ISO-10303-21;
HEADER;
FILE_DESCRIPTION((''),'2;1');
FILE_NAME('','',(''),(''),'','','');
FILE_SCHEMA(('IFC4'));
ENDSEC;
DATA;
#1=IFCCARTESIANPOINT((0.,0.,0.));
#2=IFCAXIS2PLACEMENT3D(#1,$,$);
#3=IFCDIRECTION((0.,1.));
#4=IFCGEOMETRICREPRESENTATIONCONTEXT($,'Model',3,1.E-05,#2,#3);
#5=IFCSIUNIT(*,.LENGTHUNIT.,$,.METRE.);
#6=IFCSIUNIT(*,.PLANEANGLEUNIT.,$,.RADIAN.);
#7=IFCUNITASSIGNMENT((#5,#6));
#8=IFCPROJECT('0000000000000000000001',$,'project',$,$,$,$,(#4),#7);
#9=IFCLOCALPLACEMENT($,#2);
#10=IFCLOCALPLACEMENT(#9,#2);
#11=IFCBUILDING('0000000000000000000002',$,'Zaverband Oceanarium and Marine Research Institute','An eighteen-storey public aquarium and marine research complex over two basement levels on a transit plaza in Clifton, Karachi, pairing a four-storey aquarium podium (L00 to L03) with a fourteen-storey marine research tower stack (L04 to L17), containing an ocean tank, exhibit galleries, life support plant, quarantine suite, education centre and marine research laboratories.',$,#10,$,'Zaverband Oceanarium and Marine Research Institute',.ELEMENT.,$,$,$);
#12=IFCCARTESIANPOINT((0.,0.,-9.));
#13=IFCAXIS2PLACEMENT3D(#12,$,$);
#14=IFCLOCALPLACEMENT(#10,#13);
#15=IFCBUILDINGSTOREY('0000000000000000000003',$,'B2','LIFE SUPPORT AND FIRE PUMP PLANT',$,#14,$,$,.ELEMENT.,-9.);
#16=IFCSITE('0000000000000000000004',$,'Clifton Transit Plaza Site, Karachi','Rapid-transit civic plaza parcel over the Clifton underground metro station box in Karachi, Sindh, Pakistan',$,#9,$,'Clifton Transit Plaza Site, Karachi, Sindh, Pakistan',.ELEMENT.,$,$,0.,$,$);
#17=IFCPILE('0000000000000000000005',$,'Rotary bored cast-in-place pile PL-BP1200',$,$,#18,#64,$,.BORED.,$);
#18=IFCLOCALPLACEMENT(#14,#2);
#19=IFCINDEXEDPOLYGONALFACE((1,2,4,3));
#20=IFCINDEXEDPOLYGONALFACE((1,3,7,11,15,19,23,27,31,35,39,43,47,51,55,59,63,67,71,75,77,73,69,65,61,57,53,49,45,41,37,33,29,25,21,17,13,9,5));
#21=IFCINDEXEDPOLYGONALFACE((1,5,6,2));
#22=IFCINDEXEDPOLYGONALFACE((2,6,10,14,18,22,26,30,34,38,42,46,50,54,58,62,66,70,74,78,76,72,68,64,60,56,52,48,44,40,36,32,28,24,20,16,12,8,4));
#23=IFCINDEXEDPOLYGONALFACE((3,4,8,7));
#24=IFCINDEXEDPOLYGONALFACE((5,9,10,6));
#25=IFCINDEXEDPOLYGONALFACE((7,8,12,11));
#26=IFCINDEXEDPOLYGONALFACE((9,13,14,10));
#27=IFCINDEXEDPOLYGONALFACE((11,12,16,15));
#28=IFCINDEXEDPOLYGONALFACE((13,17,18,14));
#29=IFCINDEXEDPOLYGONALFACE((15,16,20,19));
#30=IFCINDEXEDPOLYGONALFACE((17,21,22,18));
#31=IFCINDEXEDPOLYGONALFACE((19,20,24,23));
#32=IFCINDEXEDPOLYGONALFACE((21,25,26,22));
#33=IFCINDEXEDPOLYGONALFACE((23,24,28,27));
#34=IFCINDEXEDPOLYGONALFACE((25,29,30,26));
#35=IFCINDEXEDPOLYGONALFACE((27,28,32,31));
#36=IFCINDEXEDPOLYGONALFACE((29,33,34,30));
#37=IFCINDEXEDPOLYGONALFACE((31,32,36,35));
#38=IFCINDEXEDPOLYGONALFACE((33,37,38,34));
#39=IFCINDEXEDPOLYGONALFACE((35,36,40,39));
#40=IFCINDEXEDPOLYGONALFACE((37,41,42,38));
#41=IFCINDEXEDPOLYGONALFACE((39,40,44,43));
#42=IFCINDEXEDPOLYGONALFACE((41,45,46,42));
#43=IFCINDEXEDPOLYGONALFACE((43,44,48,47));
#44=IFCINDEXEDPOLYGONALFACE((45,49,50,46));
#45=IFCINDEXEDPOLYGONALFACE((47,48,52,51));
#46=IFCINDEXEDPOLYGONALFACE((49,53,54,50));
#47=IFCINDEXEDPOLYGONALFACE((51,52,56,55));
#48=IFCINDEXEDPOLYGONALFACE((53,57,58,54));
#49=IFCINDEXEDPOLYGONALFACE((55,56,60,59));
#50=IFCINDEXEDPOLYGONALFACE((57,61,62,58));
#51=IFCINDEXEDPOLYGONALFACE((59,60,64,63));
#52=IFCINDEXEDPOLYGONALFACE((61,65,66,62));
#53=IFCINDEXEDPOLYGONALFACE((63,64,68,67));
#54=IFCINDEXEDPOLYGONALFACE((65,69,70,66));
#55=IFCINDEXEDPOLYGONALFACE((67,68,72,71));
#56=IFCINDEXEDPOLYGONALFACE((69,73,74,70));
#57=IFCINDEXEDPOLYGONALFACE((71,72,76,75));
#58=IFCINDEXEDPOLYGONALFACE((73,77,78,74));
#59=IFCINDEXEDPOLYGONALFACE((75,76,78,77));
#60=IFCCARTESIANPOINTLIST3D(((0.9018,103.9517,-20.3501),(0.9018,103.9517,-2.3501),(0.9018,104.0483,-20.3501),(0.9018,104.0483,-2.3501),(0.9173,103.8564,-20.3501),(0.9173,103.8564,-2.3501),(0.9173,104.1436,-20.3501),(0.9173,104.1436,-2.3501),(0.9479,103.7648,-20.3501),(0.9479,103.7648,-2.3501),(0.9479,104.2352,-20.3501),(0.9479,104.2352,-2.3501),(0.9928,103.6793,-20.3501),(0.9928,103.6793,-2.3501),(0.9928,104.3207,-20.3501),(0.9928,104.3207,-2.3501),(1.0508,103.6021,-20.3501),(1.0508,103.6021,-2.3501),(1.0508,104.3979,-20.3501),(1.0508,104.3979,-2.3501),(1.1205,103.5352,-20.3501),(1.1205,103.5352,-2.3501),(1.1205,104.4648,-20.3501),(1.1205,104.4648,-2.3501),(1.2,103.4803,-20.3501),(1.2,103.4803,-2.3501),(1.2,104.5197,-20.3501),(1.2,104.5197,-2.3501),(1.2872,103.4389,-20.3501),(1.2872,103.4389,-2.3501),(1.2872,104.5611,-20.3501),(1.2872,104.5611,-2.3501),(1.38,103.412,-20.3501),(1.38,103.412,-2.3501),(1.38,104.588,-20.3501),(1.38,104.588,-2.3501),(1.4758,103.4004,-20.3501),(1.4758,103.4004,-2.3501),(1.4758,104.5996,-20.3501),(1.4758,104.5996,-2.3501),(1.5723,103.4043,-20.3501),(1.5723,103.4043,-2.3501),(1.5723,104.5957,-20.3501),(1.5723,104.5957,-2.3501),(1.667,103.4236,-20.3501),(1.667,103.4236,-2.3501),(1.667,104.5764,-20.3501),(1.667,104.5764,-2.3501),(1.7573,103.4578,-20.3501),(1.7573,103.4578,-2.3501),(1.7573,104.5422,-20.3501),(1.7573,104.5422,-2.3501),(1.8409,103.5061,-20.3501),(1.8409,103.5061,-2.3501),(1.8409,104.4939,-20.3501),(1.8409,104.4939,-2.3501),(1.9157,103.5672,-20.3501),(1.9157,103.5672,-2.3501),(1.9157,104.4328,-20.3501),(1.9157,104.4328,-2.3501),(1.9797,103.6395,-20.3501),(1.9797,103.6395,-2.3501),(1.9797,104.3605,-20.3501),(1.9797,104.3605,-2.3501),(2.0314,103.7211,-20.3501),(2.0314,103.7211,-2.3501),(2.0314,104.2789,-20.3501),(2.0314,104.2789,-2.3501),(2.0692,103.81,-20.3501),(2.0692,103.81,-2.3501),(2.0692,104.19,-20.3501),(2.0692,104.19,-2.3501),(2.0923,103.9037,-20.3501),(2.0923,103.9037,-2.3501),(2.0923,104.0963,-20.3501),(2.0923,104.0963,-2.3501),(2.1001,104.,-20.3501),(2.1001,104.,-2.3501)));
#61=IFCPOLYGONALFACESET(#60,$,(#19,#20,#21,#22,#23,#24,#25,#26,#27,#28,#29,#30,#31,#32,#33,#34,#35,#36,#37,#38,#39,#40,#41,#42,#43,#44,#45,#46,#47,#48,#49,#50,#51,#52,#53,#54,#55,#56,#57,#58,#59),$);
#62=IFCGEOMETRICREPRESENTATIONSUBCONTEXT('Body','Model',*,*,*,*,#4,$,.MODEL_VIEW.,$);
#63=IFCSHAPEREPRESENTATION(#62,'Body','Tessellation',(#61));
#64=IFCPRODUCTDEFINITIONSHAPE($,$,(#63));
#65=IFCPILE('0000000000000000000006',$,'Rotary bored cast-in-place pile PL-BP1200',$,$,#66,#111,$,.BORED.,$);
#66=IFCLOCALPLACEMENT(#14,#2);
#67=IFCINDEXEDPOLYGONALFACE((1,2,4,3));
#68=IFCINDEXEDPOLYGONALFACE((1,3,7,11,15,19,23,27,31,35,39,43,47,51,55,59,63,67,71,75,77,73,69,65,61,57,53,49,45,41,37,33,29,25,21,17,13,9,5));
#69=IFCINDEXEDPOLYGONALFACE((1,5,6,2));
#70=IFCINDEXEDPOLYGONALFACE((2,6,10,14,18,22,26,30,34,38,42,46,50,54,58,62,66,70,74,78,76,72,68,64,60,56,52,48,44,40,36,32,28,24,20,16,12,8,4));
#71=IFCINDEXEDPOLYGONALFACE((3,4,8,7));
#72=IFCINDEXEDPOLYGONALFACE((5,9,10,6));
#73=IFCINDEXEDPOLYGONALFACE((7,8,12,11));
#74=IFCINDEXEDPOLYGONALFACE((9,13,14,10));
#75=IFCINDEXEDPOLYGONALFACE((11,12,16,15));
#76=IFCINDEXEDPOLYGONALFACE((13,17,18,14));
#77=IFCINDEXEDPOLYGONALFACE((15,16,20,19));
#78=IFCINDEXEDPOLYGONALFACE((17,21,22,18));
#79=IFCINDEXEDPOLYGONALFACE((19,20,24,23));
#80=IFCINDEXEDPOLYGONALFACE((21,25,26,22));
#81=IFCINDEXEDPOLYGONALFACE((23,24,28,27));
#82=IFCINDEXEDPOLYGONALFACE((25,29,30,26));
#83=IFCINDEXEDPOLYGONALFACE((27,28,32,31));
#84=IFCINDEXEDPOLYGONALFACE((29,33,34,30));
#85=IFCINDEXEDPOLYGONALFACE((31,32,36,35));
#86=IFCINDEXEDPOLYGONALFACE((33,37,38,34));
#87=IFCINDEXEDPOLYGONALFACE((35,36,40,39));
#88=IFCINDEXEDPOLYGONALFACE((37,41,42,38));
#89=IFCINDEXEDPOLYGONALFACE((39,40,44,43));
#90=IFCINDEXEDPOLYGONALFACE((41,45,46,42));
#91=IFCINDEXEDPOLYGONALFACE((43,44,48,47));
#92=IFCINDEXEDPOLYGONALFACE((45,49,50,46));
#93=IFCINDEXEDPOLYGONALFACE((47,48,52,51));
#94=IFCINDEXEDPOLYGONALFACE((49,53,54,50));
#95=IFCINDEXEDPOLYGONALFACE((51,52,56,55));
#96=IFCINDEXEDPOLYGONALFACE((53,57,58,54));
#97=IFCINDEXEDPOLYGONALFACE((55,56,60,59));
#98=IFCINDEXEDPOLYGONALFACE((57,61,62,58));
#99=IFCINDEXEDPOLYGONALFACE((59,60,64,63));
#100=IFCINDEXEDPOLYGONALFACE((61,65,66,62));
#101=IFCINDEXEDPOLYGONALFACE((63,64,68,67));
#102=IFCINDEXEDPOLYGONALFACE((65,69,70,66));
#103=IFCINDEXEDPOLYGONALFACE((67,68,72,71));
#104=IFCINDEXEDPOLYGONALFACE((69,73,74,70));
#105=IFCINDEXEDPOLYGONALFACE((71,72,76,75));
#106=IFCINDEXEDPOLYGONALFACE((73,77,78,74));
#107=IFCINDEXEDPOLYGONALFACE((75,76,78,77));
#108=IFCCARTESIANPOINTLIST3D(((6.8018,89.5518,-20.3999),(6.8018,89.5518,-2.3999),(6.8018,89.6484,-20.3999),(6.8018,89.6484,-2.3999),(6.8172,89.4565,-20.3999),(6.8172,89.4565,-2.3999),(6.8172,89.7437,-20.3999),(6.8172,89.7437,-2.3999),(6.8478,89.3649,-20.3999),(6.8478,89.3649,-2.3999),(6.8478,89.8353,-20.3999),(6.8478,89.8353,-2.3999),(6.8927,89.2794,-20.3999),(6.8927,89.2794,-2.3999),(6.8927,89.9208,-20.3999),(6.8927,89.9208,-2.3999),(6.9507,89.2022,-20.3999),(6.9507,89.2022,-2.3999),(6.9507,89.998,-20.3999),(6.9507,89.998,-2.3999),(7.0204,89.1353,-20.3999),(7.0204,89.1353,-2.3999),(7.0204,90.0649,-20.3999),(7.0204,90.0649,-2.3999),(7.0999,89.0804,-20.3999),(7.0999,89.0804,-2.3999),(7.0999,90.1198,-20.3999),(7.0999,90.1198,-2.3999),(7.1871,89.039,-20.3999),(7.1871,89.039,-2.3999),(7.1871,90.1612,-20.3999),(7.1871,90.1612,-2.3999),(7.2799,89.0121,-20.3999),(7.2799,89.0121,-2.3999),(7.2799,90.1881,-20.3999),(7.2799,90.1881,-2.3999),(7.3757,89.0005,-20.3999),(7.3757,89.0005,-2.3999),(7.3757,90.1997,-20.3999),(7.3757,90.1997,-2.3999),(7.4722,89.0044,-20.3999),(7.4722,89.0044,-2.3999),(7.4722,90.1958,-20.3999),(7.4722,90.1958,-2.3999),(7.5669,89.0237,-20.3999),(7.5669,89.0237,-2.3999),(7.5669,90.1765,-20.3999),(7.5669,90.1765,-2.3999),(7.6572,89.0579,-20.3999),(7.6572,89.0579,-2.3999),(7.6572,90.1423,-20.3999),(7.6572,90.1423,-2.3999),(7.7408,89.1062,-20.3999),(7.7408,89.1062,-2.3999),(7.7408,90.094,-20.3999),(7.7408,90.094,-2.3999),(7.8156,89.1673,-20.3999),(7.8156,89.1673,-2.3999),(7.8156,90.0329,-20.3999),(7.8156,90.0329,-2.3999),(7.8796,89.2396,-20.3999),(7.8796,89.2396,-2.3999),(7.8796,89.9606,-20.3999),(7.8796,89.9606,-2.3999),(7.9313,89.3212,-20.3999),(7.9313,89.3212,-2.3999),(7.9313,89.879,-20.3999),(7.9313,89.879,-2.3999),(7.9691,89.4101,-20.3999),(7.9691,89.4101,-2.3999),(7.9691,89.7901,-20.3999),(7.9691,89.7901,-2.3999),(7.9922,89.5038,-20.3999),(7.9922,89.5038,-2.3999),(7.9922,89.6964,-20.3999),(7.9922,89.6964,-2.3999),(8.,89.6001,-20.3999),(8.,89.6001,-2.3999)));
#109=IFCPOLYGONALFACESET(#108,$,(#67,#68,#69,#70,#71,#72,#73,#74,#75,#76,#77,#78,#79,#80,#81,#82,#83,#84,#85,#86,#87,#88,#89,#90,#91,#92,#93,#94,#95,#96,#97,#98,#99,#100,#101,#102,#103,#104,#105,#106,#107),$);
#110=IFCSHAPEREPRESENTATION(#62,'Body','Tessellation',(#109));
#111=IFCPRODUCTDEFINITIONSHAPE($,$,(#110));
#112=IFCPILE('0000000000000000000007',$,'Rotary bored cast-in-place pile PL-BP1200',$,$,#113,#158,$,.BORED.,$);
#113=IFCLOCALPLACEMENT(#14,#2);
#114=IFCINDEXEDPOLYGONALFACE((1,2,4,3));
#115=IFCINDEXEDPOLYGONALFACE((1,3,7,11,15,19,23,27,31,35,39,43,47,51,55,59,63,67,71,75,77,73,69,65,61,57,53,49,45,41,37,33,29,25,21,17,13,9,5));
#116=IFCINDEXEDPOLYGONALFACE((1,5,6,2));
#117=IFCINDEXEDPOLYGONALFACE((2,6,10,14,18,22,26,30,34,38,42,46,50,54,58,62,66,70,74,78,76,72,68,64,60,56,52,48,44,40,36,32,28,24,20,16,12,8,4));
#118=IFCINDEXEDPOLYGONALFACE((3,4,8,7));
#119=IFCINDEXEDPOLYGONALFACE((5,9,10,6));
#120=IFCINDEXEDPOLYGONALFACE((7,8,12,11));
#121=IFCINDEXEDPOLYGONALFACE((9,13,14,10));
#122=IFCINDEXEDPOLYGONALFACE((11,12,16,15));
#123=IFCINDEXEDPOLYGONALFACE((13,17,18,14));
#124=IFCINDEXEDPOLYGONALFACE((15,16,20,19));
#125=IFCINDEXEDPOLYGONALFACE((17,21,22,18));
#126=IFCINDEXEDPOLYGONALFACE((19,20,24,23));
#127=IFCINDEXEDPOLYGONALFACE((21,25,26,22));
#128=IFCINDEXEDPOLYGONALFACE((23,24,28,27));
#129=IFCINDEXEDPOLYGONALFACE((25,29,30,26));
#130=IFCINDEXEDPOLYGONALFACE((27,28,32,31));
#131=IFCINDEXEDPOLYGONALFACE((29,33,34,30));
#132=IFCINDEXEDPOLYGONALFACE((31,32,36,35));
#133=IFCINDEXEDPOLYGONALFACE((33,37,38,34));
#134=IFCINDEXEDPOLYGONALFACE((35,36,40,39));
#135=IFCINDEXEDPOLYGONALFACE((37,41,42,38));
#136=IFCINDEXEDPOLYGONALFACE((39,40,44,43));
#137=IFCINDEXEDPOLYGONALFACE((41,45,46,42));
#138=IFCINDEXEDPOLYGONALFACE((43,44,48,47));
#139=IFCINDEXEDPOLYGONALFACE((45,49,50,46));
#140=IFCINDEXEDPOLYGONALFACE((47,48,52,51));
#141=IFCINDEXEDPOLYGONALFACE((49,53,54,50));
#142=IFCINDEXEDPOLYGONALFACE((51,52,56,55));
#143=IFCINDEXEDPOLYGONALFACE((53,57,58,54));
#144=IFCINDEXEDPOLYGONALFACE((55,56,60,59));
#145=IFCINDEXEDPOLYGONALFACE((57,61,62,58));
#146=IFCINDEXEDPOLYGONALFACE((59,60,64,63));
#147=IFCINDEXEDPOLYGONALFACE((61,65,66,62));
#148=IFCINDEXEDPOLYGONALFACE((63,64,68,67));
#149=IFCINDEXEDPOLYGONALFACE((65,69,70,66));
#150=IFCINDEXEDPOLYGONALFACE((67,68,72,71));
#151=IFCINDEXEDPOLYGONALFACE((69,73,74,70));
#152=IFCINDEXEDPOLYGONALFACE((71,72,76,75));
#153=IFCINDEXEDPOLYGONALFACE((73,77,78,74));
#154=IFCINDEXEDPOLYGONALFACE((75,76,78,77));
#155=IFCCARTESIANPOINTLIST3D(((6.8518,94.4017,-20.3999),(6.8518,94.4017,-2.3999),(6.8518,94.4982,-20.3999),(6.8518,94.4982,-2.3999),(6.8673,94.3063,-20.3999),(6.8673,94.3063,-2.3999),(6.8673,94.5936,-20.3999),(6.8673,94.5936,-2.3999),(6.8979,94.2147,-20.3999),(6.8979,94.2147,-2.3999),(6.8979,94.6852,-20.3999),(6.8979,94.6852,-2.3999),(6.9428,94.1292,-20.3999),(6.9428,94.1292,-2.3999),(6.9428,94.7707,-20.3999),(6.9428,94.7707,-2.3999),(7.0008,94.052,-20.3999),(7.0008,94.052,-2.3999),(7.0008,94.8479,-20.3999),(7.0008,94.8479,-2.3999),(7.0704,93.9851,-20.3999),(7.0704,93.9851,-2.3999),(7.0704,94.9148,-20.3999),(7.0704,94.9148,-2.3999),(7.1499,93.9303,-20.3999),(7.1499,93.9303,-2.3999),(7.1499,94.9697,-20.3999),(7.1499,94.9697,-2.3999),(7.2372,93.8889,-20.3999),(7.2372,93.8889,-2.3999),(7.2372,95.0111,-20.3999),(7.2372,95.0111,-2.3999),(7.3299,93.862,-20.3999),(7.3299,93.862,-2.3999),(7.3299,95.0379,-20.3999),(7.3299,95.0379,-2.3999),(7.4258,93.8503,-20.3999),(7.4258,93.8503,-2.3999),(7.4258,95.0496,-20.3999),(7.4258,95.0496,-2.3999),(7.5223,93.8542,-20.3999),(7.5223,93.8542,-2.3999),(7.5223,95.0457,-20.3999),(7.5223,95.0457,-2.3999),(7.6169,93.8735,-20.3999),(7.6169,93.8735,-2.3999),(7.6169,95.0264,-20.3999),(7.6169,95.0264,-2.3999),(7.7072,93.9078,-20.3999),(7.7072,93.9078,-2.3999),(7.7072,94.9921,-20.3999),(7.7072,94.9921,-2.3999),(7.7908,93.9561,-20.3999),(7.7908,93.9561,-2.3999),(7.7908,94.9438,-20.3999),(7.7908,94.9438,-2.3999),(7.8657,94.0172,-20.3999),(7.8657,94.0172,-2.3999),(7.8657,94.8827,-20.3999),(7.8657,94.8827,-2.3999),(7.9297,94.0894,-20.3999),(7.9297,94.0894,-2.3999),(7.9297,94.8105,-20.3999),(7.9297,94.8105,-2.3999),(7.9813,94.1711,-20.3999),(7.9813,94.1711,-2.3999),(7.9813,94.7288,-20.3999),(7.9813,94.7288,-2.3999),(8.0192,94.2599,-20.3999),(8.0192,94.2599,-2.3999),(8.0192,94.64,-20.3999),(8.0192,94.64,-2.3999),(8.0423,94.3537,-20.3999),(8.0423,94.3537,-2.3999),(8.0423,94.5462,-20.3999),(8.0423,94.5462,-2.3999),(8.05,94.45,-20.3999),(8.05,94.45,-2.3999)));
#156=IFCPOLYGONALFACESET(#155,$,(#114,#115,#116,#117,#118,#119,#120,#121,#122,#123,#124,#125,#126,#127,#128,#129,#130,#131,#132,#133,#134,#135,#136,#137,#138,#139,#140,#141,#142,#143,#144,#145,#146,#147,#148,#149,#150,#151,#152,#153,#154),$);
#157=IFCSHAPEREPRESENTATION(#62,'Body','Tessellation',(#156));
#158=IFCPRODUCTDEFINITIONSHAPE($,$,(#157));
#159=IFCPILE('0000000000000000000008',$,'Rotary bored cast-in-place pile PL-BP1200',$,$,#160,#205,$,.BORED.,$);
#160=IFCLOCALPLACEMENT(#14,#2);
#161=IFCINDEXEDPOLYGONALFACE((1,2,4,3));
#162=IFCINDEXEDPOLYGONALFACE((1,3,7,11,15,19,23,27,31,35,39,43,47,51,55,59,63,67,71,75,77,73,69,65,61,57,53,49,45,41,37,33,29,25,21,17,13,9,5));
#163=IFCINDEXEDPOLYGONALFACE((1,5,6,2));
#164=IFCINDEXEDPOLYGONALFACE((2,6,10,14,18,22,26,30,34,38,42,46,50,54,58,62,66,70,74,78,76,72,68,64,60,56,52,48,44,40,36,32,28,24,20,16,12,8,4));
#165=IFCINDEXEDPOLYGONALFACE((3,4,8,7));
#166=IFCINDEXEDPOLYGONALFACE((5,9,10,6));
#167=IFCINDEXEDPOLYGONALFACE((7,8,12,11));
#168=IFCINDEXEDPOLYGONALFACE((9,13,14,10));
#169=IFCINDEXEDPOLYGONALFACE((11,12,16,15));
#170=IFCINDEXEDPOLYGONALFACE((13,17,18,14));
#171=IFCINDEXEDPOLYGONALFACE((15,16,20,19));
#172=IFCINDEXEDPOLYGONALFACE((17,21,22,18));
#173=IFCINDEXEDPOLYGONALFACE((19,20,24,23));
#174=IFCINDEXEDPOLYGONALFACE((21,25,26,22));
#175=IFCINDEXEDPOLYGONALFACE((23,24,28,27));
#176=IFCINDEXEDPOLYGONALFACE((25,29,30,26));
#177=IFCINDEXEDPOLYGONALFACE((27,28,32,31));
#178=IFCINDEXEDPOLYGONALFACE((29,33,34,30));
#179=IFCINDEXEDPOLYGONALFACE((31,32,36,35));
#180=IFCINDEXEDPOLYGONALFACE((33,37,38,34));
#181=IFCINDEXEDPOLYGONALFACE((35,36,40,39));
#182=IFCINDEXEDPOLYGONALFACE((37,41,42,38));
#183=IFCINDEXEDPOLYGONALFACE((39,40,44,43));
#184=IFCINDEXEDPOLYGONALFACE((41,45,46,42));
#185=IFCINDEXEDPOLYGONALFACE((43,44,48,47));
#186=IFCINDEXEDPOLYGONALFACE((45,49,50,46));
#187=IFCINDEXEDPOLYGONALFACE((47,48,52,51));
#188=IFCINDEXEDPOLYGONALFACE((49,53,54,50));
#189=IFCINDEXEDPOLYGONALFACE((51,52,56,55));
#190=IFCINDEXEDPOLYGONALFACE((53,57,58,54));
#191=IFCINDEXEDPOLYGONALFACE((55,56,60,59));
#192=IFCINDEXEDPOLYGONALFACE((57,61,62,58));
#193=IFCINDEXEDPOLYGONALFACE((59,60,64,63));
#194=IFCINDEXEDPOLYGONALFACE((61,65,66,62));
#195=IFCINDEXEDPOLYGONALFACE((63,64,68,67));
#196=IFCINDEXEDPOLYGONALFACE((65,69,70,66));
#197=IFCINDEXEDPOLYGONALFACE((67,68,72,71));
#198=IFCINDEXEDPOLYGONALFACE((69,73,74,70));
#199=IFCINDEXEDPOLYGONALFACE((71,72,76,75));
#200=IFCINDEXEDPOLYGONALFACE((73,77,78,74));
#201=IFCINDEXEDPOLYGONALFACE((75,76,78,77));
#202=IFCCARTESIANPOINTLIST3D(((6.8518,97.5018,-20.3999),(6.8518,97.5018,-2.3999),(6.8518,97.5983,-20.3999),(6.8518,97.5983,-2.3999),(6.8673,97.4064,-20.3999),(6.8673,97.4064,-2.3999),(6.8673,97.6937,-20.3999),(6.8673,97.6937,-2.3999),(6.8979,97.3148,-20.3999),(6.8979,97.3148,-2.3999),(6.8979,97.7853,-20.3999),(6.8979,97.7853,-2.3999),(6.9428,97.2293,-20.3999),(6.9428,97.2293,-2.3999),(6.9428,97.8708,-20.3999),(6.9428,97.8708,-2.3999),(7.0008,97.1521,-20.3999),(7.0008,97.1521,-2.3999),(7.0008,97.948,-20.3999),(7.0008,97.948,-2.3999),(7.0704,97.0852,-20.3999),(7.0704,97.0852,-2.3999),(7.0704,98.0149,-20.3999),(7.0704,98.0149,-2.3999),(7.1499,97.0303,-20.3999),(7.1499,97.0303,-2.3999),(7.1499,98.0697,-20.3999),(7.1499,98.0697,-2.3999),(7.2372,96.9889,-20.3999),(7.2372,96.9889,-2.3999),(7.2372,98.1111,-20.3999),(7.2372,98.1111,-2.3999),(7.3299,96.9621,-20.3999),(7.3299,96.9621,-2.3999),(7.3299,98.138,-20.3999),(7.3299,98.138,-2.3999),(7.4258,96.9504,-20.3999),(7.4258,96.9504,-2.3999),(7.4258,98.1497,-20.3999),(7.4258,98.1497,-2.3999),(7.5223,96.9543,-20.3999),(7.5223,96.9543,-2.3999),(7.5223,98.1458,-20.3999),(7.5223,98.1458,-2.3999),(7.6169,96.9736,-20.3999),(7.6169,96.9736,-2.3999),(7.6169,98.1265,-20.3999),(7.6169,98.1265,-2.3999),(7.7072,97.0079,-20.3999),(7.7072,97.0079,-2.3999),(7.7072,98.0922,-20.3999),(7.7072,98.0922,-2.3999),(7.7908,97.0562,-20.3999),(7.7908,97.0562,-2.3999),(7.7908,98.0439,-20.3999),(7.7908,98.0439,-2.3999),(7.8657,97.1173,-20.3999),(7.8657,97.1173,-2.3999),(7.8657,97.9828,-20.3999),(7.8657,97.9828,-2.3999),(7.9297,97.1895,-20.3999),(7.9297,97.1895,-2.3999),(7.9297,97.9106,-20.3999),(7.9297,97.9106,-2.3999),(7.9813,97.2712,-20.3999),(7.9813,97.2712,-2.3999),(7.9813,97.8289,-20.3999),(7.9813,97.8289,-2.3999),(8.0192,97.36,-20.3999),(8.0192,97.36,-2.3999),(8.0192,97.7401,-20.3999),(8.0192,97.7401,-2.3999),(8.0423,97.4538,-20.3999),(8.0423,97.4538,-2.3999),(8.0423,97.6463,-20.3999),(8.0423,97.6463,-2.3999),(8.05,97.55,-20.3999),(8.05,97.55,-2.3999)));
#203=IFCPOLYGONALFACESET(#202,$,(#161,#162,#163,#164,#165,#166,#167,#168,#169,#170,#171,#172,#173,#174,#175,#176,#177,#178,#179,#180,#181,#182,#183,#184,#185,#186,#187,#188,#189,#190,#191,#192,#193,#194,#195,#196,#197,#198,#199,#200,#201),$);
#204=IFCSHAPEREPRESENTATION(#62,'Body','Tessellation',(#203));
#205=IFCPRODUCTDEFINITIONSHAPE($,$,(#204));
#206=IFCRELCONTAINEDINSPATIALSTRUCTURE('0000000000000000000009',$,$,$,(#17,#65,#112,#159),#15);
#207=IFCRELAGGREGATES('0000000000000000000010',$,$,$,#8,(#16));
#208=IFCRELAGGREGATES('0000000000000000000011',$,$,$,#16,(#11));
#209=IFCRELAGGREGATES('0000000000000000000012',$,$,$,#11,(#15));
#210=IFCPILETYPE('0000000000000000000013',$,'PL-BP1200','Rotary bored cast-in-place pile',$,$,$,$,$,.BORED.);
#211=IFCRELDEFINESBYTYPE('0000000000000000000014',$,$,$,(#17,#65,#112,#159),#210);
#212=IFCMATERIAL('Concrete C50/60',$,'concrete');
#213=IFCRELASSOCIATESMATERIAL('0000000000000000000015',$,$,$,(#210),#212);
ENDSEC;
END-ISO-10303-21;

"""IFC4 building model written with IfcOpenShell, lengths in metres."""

from ifc_helpers import new_model, si_unit, direction, frame, origin, origin_2d, place, context, subcontext, project, spatial, circle, extrude, material, material_profile, profile_set, type_object, element, save


model = new_model("IFC4")

# Units and contexts
model_context = context("Model", 3, precision=1e-05, world=origin(), true_north=direction((0.0, 1.0)))
body_context = subcontext(model_context, "Body", "Model", "MODEL_VIEW")
ifc_project = project(units=[si_unit("LENGTHUNIT", "METRE"), si_unit("PLANEANGLEUNIT", "RADIAN")], contexts=[model_context])

# Site, building, storey
site_placement = place(None, origin())
site = spatial("IfcSite", under=ifc_project, at=site_placement, Name="Clifton Transit Plaza Site, Karachi", Description="Rapid-transit civic plaza parcel over the Clifton underground metro station box in Karachi, Sindh, Pakistan", LongName="Clifton Transit Plaza Site, Karachi, Sindh, Pakistan", CompositionType="ELEMENT", RefElevation=0.0)
building_placement = place(site_placement, origin())
building = spatial("IfcBuilding", under=site, at=building_placement, Name="Zaverband Oceanarium and Marine Research Institute", Description="An eighteen-storey public aquarium and marine research complex over two basement levels on a transit plaza in Clifton, Karachi, pairing a four-storey aquarium podium (L00 to L03) with a fourteen-storey marine research tower stack (L04 to L17), containing an ocean tank, exhibit galleries, life support plant, quarantine suite, education centre and marine research laboratories.", LongName="Zaverband Oceanarium and Marine Research Institute", CompositionType="ELEMENT")
storey_placement = place(building_placement, frame((0.0, 0.0, -9.0)))
storey = spatial("IfcBuildingStorey", under=building, at=storey_placement, Name="B2", Description="LIFE SUPPORT AND FIRE PUMP PLANT", CompositionType="ELEMENT", Elevation=-9.0)

# Shared definitions
ifc_material_1 = material(Name="Concrete C50/60", Category="concrete")

# Piles
ifc_material_profile_1 = material_profile(ifc_material_1, circle(Radius=0.6001, at=origin_2d()), Name="BP1200")
ifc_profile_set_1 = profile_set([ifc_material_profile_1], Name="Concrete C50/60")
pile_type = type_object("IfcPileType", Name="PL-BP1200", Description="Rotary bored cast-in-place pile", PredefinedType="BORED", material=ifc_profile_set_1)
for number, where, z_axis, x_axis, name in (
    (1, (1.5, 104.0, -2.3501), (0.0, 0.0, -1.0), (1.0, 0.0, 0.0), "Rotary bored cast-in-place pile PL-BP1200"),
    (2, (7.3999, 89.6001, -2.3999), (0.0, 0.0, -1.0), (1.0, 0.0, 0.0), "Rotary bored cast-in-place pile PL-BP1200"),
    (3, (7.45, 94.45, -2.3999), (0.0, 0.0, -1.0), (1.0, 0.0, 0.0), "Rotary bored cast-in-place pile PL-BP1200"),
    (4, (7.45, 97.55, -2.3999), (0.0, 0.0, -1.0), (1.0, 0.0, 0.0), "Rotary bored cast-in-place pile PL-BP1200"),
):
    element("IfcPile", number, at=place(storey_placement, frame(where, z_axis=z_axis, x_axis=x_axis)), inside=storey, type_object=pile_type, Name=name, PredefinedType="BORED", context=body_context, shape_type="SweptSolid", body=[
        extrude(circle(Radius=0.6001, at=origin_2d()), origin(), (0.0, 0.0, 1.0), 18.0),
    ])

save(model, "model.ifc")
